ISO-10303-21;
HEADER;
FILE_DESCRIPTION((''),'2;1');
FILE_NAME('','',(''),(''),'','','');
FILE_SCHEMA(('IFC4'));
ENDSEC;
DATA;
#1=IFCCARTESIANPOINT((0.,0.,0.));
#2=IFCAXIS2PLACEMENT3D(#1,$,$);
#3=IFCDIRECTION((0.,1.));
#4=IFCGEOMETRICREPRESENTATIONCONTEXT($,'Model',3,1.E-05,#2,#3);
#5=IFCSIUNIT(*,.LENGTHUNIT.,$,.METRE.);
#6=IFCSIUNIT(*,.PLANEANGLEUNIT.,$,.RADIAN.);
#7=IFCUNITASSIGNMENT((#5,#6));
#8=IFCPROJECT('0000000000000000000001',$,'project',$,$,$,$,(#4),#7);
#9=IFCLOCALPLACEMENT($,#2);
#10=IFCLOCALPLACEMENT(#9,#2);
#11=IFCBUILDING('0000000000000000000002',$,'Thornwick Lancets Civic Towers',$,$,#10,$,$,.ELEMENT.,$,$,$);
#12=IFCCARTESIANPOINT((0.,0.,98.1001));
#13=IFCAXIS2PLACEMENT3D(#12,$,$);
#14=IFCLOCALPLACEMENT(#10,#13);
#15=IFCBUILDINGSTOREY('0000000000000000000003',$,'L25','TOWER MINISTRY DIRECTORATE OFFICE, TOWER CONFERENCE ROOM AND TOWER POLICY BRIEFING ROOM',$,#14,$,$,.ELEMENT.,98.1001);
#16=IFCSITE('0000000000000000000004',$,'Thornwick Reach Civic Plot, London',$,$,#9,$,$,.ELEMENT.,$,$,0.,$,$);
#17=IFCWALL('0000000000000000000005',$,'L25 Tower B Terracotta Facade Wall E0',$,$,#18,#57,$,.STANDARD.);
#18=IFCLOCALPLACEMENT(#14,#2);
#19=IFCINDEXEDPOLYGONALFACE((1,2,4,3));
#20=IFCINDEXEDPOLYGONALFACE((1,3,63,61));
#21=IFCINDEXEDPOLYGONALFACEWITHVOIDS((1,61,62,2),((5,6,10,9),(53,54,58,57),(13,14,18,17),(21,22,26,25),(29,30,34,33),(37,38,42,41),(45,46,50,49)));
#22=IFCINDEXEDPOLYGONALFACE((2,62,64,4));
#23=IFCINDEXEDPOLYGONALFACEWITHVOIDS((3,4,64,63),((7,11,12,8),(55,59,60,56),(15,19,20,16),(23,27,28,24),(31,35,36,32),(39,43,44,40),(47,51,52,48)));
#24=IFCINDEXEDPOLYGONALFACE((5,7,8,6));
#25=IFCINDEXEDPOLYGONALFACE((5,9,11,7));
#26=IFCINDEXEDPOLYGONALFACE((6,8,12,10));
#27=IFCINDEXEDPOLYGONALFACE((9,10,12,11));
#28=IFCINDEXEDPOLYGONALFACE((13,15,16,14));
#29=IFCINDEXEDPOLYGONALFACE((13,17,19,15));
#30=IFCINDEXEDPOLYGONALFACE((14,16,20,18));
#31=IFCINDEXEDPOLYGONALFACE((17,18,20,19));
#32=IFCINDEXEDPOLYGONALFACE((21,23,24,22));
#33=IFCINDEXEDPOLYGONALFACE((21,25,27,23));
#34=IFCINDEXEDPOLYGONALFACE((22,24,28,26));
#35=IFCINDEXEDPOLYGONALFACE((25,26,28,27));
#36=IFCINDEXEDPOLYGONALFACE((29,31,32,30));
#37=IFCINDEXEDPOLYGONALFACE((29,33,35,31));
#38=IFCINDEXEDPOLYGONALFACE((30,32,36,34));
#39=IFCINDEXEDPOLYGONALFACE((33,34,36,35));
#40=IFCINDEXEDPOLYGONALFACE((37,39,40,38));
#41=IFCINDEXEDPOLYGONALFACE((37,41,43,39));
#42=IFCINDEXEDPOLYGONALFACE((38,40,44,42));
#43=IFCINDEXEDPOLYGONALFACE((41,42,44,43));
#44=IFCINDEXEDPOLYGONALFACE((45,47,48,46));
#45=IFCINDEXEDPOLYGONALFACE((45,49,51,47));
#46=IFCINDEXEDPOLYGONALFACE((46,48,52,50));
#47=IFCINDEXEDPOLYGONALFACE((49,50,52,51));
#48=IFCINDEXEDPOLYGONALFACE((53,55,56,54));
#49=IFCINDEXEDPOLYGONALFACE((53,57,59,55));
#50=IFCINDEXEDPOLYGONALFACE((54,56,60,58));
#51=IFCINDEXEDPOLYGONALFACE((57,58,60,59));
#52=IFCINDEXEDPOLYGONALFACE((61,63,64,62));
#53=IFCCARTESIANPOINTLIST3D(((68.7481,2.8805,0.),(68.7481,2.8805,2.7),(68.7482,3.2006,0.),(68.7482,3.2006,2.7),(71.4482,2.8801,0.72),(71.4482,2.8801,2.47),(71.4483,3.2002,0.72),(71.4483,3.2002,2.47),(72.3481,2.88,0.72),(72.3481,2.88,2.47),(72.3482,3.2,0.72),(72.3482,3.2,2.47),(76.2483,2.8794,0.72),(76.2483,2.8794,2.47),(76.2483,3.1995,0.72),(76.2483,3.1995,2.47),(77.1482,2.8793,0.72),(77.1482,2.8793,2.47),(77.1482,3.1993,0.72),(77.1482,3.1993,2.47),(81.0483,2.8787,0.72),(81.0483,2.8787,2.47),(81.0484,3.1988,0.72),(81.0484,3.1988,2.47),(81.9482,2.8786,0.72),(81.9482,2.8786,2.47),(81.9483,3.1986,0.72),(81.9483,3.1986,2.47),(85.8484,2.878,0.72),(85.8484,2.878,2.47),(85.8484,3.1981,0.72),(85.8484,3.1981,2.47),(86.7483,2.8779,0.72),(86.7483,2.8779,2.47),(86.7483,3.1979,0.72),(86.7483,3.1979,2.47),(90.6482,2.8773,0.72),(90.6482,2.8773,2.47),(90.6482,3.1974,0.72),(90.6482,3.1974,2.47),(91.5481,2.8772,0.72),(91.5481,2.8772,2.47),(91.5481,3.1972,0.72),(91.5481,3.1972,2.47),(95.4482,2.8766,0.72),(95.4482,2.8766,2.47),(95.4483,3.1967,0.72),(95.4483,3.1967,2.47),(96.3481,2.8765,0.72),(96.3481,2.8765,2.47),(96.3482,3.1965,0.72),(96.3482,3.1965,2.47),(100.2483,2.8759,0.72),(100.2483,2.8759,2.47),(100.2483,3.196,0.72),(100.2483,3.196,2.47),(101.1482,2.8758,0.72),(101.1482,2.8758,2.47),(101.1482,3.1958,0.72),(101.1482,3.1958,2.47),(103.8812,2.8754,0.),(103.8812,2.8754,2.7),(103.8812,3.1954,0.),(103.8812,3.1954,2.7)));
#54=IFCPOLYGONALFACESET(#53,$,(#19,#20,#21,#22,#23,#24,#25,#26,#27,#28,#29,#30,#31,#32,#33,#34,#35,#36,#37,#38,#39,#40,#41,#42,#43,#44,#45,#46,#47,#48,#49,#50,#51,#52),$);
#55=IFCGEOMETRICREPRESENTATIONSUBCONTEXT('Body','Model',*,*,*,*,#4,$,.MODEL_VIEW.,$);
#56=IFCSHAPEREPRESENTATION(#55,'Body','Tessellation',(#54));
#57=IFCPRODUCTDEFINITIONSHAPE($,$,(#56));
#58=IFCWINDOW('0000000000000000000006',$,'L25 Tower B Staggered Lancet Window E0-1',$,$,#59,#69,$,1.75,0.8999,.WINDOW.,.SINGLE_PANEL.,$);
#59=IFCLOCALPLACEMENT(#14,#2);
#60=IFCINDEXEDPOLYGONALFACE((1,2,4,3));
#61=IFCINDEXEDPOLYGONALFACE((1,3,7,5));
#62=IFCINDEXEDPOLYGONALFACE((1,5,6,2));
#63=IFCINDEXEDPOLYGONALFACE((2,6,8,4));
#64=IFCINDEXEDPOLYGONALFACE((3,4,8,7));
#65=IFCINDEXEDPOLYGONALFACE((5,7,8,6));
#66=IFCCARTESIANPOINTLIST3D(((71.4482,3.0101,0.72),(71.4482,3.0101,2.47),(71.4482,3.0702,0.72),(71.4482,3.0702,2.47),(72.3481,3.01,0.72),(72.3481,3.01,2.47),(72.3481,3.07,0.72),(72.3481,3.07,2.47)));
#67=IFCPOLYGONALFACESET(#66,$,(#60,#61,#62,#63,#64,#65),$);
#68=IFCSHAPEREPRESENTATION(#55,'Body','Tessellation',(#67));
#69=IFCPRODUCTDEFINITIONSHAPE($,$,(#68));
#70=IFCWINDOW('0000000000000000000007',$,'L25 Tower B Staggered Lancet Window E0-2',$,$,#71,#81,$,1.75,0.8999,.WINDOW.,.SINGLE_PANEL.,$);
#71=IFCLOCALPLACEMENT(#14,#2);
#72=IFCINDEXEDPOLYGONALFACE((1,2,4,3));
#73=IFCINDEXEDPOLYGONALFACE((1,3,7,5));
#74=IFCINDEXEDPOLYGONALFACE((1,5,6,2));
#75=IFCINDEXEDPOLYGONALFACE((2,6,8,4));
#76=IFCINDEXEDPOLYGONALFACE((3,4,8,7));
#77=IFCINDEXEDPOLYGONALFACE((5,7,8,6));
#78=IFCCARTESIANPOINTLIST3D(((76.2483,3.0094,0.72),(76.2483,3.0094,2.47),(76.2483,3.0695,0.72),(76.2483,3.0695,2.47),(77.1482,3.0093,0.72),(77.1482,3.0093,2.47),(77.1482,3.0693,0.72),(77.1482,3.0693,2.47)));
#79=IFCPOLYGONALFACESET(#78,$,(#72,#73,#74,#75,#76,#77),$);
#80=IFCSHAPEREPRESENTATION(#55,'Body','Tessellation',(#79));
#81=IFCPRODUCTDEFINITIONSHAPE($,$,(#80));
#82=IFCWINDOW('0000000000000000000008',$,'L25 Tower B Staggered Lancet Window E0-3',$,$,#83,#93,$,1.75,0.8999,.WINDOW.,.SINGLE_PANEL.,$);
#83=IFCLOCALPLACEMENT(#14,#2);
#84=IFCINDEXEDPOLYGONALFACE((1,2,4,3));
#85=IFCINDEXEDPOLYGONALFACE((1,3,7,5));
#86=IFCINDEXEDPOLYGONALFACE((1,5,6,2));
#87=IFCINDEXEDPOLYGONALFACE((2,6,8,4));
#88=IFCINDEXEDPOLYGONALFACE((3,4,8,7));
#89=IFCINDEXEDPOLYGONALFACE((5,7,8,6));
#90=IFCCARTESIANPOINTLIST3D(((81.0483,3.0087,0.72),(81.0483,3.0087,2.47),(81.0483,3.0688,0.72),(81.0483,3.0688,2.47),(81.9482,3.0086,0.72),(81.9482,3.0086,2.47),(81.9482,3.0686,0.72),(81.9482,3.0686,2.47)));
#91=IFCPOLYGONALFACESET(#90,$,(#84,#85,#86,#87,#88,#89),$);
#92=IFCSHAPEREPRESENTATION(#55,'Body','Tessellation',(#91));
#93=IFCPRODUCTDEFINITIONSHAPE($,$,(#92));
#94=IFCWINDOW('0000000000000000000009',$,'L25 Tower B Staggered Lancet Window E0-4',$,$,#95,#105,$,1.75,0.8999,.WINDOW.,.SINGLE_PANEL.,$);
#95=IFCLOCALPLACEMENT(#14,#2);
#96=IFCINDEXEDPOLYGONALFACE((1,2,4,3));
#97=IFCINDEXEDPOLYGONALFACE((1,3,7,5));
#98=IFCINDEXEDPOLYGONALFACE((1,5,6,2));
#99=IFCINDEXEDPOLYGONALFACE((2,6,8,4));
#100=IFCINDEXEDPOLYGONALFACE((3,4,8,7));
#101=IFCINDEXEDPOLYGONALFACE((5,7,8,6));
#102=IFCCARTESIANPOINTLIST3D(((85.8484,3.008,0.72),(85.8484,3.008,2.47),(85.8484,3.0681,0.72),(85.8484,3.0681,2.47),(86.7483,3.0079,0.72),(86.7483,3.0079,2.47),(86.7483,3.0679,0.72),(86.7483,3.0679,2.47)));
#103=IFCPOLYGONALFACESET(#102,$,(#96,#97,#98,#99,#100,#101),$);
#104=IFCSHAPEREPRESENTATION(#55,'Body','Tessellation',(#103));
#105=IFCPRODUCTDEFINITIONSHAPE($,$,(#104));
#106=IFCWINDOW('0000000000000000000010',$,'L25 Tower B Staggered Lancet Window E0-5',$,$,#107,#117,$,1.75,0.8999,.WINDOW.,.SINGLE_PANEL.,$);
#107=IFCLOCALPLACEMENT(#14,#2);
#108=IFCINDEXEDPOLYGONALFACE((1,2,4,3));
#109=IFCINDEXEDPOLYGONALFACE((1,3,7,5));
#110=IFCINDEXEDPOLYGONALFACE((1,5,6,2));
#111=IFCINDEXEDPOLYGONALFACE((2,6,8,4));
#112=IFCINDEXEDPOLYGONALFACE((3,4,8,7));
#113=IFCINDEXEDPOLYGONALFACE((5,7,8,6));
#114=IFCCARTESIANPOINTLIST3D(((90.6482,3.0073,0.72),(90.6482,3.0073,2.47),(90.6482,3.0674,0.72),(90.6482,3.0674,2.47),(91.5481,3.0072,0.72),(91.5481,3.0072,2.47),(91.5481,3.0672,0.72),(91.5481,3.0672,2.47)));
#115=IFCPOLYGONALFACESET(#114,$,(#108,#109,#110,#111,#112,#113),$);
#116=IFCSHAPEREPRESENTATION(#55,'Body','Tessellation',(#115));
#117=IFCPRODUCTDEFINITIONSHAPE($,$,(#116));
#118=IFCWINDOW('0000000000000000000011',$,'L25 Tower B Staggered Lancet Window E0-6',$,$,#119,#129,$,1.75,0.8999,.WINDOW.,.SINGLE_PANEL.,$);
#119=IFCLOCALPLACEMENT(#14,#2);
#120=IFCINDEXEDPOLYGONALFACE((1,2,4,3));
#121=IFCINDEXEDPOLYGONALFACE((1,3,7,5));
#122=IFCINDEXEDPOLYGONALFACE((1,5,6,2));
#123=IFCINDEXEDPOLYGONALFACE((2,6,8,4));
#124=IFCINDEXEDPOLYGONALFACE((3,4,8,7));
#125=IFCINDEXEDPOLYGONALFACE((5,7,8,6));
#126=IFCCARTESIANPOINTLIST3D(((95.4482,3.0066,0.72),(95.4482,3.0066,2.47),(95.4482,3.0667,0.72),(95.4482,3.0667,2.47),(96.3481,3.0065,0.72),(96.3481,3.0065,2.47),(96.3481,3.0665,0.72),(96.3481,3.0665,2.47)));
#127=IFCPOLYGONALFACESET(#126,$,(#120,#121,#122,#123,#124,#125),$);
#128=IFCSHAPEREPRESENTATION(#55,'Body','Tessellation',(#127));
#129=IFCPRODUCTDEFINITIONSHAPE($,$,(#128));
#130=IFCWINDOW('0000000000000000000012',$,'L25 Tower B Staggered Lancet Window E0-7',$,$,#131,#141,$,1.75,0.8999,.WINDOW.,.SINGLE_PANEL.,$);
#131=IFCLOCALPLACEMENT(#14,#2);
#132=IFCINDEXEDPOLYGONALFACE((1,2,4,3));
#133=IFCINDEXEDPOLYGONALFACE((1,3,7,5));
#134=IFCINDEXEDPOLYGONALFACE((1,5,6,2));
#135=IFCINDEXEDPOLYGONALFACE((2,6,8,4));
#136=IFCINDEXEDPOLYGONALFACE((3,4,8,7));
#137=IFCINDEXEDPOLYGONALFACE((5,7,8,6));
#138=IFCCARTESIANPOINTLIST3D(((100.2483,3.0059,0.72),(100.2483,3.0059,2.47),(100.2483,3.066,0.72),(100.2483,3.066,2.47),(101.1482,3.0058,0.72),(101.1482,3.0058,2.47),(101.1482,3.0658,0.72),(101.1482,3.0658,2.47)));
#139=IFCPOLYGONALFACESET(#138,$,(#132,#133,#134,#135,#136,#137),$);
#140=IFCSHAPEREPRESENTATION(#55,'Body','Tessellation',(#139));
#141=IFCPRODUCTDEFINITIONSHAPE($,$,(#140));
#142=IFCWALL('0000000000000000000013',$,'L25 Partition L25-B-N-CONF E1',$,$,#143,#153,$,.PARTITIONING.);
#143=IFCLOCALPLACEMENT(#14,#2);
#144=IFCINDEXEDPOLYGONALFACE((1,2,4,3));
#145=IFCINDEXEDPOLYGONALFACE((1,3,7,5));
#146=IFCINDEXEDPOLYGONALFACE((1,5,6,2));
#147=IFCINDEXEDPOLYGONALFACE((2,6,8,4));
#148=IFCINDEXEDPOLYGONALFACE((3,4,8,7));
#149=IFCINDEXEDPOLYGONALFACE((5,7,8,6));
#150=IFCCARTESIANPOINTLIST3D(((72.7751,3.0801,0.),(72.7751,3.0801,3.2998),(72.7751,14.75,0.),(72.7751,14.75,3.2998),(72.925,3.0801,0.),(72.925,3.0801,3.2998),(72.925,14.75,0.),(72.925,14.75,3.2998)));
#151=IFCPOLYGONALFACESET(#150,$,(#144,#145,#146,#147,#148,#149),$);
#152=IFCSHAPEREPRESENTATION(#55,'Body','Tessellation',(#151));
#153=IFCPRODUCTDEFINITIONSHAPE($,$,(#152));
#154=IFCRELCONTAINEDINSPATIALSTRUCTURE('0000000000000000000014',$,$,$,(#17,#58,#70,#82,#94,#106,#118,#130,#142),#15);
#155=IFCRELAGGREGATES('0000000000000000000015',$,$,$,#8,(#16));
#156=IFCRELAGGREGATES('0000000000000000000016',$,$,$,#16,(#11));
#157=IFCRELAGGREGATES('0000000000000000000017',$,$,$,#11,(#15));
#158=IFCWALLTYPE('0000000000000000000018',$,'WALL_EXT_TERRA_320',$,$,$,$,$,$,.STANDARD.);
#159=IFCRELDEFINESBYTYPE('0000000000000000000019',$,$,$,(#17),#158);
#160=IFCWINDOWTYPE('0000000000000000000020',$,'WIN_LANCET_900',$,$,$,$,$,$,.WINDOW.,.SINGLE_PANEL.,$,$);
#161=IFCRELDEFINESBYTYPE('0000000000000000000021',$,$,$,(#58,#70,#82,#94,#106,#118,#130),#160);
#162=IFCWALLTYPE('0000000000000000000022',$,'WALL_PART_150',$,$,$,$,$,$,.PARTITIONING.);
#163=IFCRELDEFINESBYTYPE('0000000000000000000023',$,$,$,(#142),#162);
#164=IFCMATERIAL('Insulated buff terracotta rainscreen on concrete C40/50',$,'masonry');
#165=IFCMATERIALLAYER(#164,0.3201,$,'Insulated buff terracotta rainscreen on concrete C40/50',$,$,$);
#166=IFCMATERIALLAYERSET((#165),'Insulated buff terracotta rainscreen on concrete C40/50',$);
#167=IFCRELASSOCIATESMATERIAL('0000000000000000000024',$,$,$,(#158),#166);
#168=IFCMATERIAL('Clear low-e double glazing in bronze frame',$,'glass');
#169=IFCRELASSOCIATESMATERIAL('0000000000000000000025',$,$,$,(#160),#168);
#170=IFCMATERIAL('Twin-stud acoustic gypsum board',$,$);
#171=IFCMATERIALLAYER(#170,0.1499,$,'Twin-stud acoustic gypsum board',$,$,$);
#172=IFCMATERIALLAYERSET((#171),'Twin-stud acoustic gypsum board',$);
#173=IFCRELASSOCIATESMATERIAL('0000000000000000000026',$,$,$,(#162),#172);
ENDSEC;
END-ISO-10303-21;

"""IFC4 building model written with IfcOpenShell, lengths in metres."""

from ifc_helpers import new_model, si_unit, direction, frame, frame_2d, origin, place, context, subcontext, project, spatial, rectangle, extrude, material, layer, layer_set, type_object, element, fill, save


model = new_model("IFC4")

# Units and contexts
model_context = context("Model", 3, precision=1e-05, world=origin(), true_north=direction((0.0, 1.0)))
body_context = subcontext(model_context, "Body", "Model", "MODEL_VIEW")
ifc_project = project(units=[si_unit("LENGTHUNIT", "METRE"), si_unit("PLANEANGLEUNIT", "RADIAN")], contexts=[model_context])

# Site, building, storey
site_placement = place(None, origin())
site = spatial("IfcSite", under=ifc_project, at=site_placement, Name="Thornwick Reach Civic Plot, London", CompositionType="ELEMENT", RefElevation=0.0)
building_placement = place(site_placement, origin())
building = spatial("IfcBuilding", under=site, at=building_placement, Name="Thornwick Lancets Civic Towers", CompositionType="ELEMENT")
storey_placement = place(building_placement, frame((0.0, 0.0, 98.1001)))
storey = spatial("IfcBuildingStorey", under=building, at=storey_placement, Name="L25", Description="TOWER MINISTRY DIRECTORATE OFFICE, TOWER CONFERENCE ROOM AND TOWER POLICY BRIEFING ROOM", CompositionType="ELEMENT", Elevation=98.1001)

# Shared definitions
ifc_material_1 = material(Name="Insulated buff terracotta rainscreen on concrete C40/50", Category="masonry")
ifc_layer_1 = layer(ifc_material_1, 0.3201, Name="Insulated buff terracotta rainscreen on concrete C40/50")
ifc_layer_set_1 = layer_set([ifc_layer_1], Name="Insulated buff terracotta rainscreen on concrete C40/50")
wall_type_1 = type_object("IfcWallType", Name="WALL_EXT_TERRA_320", PredefinedType="STANDARD", material=ifc_layer_set_1)
ifc_material_2 = material(Name="Clear low-e double glazing in bronze frame", Category="glass")
window_type = type_object("IfcWindowType", Name="WIN_LANCET_900", PartitioningType="SINGLE_PANEL", PredefinedType="WINDOW", material=ifc_material_2)

# Wall, openings, windows
wall_1_placement = place(storey_placement, frame((68.7483, 3.0405, 0.0), z_axis=(0.0, 0.0, 1.0), x_axis=(1.0, -0.000146, 0.0)))
wall_1 = element("IfcWall", 1, at=wall_1_placement, inside=storey, type_object=wall_type_1, Name="L25 Tower B Terracotta Facade Wall E0", PredefinedType="STANDARD", context=body_context, shape_type="SweptSolid", body=[
    extrude(rectangle(XDim=35.1331, YDim=0.3201, at=frame_2d((17.5664, 0.0))), origin(), (0.0, 0.0, 1.0), 2.7),
])
opening_1_placement = place(wall_1_placement, frame((2.7, 0.0, 0.72)))
opening_1 = element("IfcOpeningElement", 2, at=opening_1_placement, cuts=wall_1, PredefinedType="OPENING", context=body_context, shape_type="SweptSolid", body=[
    extrude(rectangle(XDim=0.8999, YDim=1.75, at=frame_2d((0.45, 0.875))), frame((0.0, 0.1699, 0.0), z_axis=(0.0, -1.0, 0.0), x_axis=(1.0, 0.0, 0.0)), (0.0, 0.0, 1.0), 0.3401),
])
opening_2_placement = place(wall_1_placement, frame((7.5, 0.0, 0.72)))
opening_2 = element("IfcOpeningElement", 3, at=opening_2_placement, cuts=wall_1, PredefinedType="OPENING", context=body_context, shape_type="SweptSolid", body=[
    extrude(rectangle(XDim=0.8999, YDim=1.75, at=frame_2d((0.45, 0.875))), frame((0.0, 0.1699, 0.0), z_axis=(0.0, -1.0, 0.0), x_axis=(1.0, 0.0, 0.0)), (0.0, 0.0, 1.0), 0.3401),
])
opening_3_placement = place(wall_1_placement, frame((12.3, 0.0, 0.72)))
opening_3 = element("IfcOpeningElement", 4, at=opening_3_placement, cuts=wall_1, PredefinedType="OPENING", context=body_context, shape_type="SweptSolid", body=[
    extrude(rectangle(XDim=0.8999, YDim=1.75, at=frame_2d((0.45, 0.875))), frame((0.0, 0.1699, 0.0), z_axis=(0.0, -1.0, 0.0), x_axis=(1.0, 0.0, 0.0)), (0.0, 0.0, 1.0), 0.3401),
])
opening_4_placement = place(wall_1_placement, frame((17.1001, 0.0, 0.72)))
opening_4 = element("IfcOpeningElement", 5, at=opening_4_placement, cuts=wall_1, PredefinedType="OPENING", context=body_context, shape_type="SweptSolid", body=[
    extrude(rectangle(XDim=0.8999, YDim=1.75, at=frame_2d((0.45, 0.875))), frame((0.0, 0.1699, 0.0), z_axis=(0.0, -1.0, 0.0), x_axis=(1.0, 0.0, 0.0)), (0.0, 0.0, 1.0), 0.3401),
])
opening_5_placement = place(wall_1_placement, frame((21.8999, 0.0, 0.72)))
opening_5 = element("IfcOpeningElement", 6, at=opening_5_placement, cuts=wall_1, PredefinedType="OPENING", context=body_context, shape_type="SweptSolid", body=[
    extrude(rectangle(XDim=0.8999, YDim=1.75, at=frame_2d((0.45, 0.875))), frame((0.0, 0.1699, 0.0), z_axis=(0.0, -1.0, 0.0), x_axis=(1.0, 0.0, 0.0)), (0.0, 0.0, 1.0), 0.3401),
])
opening_6_placement = place(wall_1_placement, frame((26.7, 0.0, 0.72)))
opening_6 = element("IfcOpeningElement", 7, at=opening_6_placement, cuts=wall_1, PredefinedType="OPENING", context=body_context, shape_type="SweptSolid", body=[
    extrude(rectangle(XDim=0.8999, YDim=1.75, at=frame_2d((0.45, 0.875))), frame((0.0, 0.1699, 0.0), z_axis=(0.0, -1.0, 0.0), x_axis=(1.0, 0.0, 0.0)), (0.0, 0.0, 1.0), 0.3401),
])
opening_7_placement = place(wall_1_placement, frame((31.5, 0.0, 0.72)))
opening_7 = element("IfcOpeningElement", 8, at=opening_7_placement, cuts=wall_1, PredefinedType="OPENING", context=body_context, shape_type="SweptSolid", body=[
    extrude(rectangle(XDim=0.8999, YDim=1.75, at=frame_2d((0.45, 0.875))), frame((0.0, 0.1699, 0.0), z_axis=(0.0, -1.0, 0.0), x_axis=(1.0, 0.0, 0.0)), (0.0, 0.0, 1.0), 0.3401),
])
window_1_placement = place(opening_1_placement, origin())
window_1 = element("IfcWindow", 9, at=window_1_placement, inside=storey, type_object=window_type, Name="L25 Tower B Staggered Lancet Window E0-1", OverallHeight=1.75, OverallWidth=0.8999, PartitioningType="SINGLE_PANEL", PredefinedType="WINDOW", context=body_context, shape_type="SweptSolid", body=[
    extrude(rectangle(XDim=0.8999, YDim=1.75, at=frame_2d((0.45, 0.875))), frame((0.0, 0.03, 0.0), z_axis=(0.0, -1.0, 0.0), x_axis=(1.0, 0.0, 0.0)), (0.0, 0.0, 1.0), 0.0601),
])
fill(opening_1, window_1)
window_2_placement = place(opening_2_placement, origin())
window_2 = element("IfcWindow", 10, at=window_2_placement, inside=storey, type_object=window_type, Name="L25 Tower B Staggered Lancet Window E0-2", OverallHeight=1.75, OverallWidth=0.8999, PartitioningType="SINGLE_PANEL", PredefinedType="WINDOW", context=body_context, shape_type="SweptSolid", body=[
    extrude(rectangle(XDim=0.8999, YDim=1.75, at=frame_2d((0.45, 0.875))), frame((0.0, 0.03, 0.0), z_axis=(0.0, -1.0, 0.0), x_axis=(1.0, 0.0, 0.0)), (0.0, 0.0, 1.0), 0.0601),
])
fill(opening_2, window_2)
window_3_placement = place(opening_3_placement, origin())
window_3 = element("IfcWindow", 11, at=window_3_placement, inside=storey, type_object=window_type, Name="L25 Tower B Staggered Lancet Window E0-3", OverallHeight=1.75, OverallWidth=0.8999, PartitioningType="SINGLE_PANEL", PredefinedType="WINDOW", context=body_context, shape_type="SweptSolid", body=[
    extrude(rectangle(XDim=0.8999, YDim=1.75, at=frame_2d((0.45, 0.875))), frame((0.0, 0.03, 0.0), z_axis=(0.0, -1.0, 0.0), x_axis=(1.0, 0.0, 0.0)), (0.0, 0.0, 1.0), 0.0601),
])
fill(opening_3, window_3)
window_4_placement = place(opening_4_placement, origin())
window_4 = element("IfcWindow", 12, at=window_4_placement, inside=storey, type_object=window_type, Name="L25 Tower B Staggered Lancet Window E0-4", OverallHeight=1.75, OverallWidth=0.8999, PartitioningType="SINGLE_PANEL", PredefinedType="WINDOW", context=body_context, shape_type="SweptSolid", body=[
    extrude(rectangle(XDim=0.8999, YDim=1.75, at=frame_2d((0.45, 0.875))), frame((0.0, 0.03, 0.0), z_axis=(0.0, -1.0, 0.0), x_axis=(1.0, 0.0, 0.0)), (0.0, 0.0, 1.0), 0.0601),
])
fill(opening_4, window_4)
window_5_placement = place(opening_5_placement, origin())
window_5 = element("IfcWindow", 13, at=window_5_placement, inside=storey, type_object=window_type, Name="L25 Tower B Staggered Lancet Window E0-5", OverallHeight=1.75, OverallWidth=0.8999, PartitioningType="SINGLE_PANEL", PredefinedType="WINDOW", context=body_context, shape_type="SweptSolid", body=[
    extrude(rectangle(XDim=0.8999, YDim=1.75, at=frame_2d((0.45, 0.875))), frame((0.0, 0.03, 0.0), z_axis=(0.0, -1.0, 0.0), x_axis=(1.0, 0.0, 0.0)), (0.0, 0.0, 1.0), 0.0601),
])
fill(opening_5, window_5)
window_6_placement = place(opening_6_placement, origin())
window_6 = element("IfcWindow", 14, at=window_6_placement, inside=storey, type_object=window_type, Name="L25 Tower B Staggered Lancet Window E0-6", OverallHeight=1.75, OverallWidth=0.8999, PartitioningType="SINGLE_PANEL", PredefinedType="WINDOW", context=body_context, shape_type="SweptSolid", body=[
    extrude(rectangle(XDim=0.8999, YDim=1.75, at=frame_2d((0.45, 0.875))), frame((0.0, 0.03, 0.0), z_axis=(0.0, -1.0, 0.0), x_axis=(1.0, 0.0, 0.0)), (0.0, 0.0, 1.0), 0.0601),
])
fill(opening_6, window_6)
window_7_placement = place(opening_7_placement, origin())
window_7 = element("IfcWindow", 15, at=window_7_placement, inside=storey, type_object=window_type, Name="L25 Tower B Staggered Lancet Window E0-7", OverallHeight=1.75, OverallWidth=0.8999, PartitioningType="SINGLE_PANEL", PredefinedType="WINDOW", context=body_context, shape_type="SweptSolid", body=[
    extrude(rectangle(XDim=0.8999, YDim=1.75, at=frame_2d((0.45, 0.875))), frame((0.0, 0.03, 0.0), z_axis=(0.0, -1.0, 0.0), x_axis=(1.0, 0.0, 0.0)), (0.0, 0.0, 1.0), 0.0601),
])
fill(opening_7, window_7)

# Wall
ifc_material_3 = material(Name="Twin-stud acoustic gypsum board")
ifc_layer_2 = layer(ifc_material_3, 0.1499, Name="Twin-stud acoustic gypsum board")
ifc_layer_set_2 = layer_set([ifc_layer_2], Name="Twin-stud acoustic gypsum board")
wall_type_2 = type_object("IfcWallType", Name="WALL_PART_150", PredefinedType="PARTITIONING", material=ifc_layer_set_2)
wall_2_placement = place(storey_placement, frame((72.8501, 14.75, 0.0), z_axis=(0.0, 0.0, 1.0), x_axis=(0.0, -1.0, 0.0)))
element("IfcWall", 16, at=wall_2_placement, inside=storey, type_object=wall_type_2, Name="L25 Partition L25-B-N-CONF E1", PredefinedType="PARTITIONING", context=body_context, shape_type="SweptSolid", body=[
    extrude(rectangle(XDim=11.6699, YDim=0.1499, at=frame_2d((5.835, 0.0))), origin(), (0.0, 0.0, 1.0), 3.2998),
])

save(model, "model.ifc")
